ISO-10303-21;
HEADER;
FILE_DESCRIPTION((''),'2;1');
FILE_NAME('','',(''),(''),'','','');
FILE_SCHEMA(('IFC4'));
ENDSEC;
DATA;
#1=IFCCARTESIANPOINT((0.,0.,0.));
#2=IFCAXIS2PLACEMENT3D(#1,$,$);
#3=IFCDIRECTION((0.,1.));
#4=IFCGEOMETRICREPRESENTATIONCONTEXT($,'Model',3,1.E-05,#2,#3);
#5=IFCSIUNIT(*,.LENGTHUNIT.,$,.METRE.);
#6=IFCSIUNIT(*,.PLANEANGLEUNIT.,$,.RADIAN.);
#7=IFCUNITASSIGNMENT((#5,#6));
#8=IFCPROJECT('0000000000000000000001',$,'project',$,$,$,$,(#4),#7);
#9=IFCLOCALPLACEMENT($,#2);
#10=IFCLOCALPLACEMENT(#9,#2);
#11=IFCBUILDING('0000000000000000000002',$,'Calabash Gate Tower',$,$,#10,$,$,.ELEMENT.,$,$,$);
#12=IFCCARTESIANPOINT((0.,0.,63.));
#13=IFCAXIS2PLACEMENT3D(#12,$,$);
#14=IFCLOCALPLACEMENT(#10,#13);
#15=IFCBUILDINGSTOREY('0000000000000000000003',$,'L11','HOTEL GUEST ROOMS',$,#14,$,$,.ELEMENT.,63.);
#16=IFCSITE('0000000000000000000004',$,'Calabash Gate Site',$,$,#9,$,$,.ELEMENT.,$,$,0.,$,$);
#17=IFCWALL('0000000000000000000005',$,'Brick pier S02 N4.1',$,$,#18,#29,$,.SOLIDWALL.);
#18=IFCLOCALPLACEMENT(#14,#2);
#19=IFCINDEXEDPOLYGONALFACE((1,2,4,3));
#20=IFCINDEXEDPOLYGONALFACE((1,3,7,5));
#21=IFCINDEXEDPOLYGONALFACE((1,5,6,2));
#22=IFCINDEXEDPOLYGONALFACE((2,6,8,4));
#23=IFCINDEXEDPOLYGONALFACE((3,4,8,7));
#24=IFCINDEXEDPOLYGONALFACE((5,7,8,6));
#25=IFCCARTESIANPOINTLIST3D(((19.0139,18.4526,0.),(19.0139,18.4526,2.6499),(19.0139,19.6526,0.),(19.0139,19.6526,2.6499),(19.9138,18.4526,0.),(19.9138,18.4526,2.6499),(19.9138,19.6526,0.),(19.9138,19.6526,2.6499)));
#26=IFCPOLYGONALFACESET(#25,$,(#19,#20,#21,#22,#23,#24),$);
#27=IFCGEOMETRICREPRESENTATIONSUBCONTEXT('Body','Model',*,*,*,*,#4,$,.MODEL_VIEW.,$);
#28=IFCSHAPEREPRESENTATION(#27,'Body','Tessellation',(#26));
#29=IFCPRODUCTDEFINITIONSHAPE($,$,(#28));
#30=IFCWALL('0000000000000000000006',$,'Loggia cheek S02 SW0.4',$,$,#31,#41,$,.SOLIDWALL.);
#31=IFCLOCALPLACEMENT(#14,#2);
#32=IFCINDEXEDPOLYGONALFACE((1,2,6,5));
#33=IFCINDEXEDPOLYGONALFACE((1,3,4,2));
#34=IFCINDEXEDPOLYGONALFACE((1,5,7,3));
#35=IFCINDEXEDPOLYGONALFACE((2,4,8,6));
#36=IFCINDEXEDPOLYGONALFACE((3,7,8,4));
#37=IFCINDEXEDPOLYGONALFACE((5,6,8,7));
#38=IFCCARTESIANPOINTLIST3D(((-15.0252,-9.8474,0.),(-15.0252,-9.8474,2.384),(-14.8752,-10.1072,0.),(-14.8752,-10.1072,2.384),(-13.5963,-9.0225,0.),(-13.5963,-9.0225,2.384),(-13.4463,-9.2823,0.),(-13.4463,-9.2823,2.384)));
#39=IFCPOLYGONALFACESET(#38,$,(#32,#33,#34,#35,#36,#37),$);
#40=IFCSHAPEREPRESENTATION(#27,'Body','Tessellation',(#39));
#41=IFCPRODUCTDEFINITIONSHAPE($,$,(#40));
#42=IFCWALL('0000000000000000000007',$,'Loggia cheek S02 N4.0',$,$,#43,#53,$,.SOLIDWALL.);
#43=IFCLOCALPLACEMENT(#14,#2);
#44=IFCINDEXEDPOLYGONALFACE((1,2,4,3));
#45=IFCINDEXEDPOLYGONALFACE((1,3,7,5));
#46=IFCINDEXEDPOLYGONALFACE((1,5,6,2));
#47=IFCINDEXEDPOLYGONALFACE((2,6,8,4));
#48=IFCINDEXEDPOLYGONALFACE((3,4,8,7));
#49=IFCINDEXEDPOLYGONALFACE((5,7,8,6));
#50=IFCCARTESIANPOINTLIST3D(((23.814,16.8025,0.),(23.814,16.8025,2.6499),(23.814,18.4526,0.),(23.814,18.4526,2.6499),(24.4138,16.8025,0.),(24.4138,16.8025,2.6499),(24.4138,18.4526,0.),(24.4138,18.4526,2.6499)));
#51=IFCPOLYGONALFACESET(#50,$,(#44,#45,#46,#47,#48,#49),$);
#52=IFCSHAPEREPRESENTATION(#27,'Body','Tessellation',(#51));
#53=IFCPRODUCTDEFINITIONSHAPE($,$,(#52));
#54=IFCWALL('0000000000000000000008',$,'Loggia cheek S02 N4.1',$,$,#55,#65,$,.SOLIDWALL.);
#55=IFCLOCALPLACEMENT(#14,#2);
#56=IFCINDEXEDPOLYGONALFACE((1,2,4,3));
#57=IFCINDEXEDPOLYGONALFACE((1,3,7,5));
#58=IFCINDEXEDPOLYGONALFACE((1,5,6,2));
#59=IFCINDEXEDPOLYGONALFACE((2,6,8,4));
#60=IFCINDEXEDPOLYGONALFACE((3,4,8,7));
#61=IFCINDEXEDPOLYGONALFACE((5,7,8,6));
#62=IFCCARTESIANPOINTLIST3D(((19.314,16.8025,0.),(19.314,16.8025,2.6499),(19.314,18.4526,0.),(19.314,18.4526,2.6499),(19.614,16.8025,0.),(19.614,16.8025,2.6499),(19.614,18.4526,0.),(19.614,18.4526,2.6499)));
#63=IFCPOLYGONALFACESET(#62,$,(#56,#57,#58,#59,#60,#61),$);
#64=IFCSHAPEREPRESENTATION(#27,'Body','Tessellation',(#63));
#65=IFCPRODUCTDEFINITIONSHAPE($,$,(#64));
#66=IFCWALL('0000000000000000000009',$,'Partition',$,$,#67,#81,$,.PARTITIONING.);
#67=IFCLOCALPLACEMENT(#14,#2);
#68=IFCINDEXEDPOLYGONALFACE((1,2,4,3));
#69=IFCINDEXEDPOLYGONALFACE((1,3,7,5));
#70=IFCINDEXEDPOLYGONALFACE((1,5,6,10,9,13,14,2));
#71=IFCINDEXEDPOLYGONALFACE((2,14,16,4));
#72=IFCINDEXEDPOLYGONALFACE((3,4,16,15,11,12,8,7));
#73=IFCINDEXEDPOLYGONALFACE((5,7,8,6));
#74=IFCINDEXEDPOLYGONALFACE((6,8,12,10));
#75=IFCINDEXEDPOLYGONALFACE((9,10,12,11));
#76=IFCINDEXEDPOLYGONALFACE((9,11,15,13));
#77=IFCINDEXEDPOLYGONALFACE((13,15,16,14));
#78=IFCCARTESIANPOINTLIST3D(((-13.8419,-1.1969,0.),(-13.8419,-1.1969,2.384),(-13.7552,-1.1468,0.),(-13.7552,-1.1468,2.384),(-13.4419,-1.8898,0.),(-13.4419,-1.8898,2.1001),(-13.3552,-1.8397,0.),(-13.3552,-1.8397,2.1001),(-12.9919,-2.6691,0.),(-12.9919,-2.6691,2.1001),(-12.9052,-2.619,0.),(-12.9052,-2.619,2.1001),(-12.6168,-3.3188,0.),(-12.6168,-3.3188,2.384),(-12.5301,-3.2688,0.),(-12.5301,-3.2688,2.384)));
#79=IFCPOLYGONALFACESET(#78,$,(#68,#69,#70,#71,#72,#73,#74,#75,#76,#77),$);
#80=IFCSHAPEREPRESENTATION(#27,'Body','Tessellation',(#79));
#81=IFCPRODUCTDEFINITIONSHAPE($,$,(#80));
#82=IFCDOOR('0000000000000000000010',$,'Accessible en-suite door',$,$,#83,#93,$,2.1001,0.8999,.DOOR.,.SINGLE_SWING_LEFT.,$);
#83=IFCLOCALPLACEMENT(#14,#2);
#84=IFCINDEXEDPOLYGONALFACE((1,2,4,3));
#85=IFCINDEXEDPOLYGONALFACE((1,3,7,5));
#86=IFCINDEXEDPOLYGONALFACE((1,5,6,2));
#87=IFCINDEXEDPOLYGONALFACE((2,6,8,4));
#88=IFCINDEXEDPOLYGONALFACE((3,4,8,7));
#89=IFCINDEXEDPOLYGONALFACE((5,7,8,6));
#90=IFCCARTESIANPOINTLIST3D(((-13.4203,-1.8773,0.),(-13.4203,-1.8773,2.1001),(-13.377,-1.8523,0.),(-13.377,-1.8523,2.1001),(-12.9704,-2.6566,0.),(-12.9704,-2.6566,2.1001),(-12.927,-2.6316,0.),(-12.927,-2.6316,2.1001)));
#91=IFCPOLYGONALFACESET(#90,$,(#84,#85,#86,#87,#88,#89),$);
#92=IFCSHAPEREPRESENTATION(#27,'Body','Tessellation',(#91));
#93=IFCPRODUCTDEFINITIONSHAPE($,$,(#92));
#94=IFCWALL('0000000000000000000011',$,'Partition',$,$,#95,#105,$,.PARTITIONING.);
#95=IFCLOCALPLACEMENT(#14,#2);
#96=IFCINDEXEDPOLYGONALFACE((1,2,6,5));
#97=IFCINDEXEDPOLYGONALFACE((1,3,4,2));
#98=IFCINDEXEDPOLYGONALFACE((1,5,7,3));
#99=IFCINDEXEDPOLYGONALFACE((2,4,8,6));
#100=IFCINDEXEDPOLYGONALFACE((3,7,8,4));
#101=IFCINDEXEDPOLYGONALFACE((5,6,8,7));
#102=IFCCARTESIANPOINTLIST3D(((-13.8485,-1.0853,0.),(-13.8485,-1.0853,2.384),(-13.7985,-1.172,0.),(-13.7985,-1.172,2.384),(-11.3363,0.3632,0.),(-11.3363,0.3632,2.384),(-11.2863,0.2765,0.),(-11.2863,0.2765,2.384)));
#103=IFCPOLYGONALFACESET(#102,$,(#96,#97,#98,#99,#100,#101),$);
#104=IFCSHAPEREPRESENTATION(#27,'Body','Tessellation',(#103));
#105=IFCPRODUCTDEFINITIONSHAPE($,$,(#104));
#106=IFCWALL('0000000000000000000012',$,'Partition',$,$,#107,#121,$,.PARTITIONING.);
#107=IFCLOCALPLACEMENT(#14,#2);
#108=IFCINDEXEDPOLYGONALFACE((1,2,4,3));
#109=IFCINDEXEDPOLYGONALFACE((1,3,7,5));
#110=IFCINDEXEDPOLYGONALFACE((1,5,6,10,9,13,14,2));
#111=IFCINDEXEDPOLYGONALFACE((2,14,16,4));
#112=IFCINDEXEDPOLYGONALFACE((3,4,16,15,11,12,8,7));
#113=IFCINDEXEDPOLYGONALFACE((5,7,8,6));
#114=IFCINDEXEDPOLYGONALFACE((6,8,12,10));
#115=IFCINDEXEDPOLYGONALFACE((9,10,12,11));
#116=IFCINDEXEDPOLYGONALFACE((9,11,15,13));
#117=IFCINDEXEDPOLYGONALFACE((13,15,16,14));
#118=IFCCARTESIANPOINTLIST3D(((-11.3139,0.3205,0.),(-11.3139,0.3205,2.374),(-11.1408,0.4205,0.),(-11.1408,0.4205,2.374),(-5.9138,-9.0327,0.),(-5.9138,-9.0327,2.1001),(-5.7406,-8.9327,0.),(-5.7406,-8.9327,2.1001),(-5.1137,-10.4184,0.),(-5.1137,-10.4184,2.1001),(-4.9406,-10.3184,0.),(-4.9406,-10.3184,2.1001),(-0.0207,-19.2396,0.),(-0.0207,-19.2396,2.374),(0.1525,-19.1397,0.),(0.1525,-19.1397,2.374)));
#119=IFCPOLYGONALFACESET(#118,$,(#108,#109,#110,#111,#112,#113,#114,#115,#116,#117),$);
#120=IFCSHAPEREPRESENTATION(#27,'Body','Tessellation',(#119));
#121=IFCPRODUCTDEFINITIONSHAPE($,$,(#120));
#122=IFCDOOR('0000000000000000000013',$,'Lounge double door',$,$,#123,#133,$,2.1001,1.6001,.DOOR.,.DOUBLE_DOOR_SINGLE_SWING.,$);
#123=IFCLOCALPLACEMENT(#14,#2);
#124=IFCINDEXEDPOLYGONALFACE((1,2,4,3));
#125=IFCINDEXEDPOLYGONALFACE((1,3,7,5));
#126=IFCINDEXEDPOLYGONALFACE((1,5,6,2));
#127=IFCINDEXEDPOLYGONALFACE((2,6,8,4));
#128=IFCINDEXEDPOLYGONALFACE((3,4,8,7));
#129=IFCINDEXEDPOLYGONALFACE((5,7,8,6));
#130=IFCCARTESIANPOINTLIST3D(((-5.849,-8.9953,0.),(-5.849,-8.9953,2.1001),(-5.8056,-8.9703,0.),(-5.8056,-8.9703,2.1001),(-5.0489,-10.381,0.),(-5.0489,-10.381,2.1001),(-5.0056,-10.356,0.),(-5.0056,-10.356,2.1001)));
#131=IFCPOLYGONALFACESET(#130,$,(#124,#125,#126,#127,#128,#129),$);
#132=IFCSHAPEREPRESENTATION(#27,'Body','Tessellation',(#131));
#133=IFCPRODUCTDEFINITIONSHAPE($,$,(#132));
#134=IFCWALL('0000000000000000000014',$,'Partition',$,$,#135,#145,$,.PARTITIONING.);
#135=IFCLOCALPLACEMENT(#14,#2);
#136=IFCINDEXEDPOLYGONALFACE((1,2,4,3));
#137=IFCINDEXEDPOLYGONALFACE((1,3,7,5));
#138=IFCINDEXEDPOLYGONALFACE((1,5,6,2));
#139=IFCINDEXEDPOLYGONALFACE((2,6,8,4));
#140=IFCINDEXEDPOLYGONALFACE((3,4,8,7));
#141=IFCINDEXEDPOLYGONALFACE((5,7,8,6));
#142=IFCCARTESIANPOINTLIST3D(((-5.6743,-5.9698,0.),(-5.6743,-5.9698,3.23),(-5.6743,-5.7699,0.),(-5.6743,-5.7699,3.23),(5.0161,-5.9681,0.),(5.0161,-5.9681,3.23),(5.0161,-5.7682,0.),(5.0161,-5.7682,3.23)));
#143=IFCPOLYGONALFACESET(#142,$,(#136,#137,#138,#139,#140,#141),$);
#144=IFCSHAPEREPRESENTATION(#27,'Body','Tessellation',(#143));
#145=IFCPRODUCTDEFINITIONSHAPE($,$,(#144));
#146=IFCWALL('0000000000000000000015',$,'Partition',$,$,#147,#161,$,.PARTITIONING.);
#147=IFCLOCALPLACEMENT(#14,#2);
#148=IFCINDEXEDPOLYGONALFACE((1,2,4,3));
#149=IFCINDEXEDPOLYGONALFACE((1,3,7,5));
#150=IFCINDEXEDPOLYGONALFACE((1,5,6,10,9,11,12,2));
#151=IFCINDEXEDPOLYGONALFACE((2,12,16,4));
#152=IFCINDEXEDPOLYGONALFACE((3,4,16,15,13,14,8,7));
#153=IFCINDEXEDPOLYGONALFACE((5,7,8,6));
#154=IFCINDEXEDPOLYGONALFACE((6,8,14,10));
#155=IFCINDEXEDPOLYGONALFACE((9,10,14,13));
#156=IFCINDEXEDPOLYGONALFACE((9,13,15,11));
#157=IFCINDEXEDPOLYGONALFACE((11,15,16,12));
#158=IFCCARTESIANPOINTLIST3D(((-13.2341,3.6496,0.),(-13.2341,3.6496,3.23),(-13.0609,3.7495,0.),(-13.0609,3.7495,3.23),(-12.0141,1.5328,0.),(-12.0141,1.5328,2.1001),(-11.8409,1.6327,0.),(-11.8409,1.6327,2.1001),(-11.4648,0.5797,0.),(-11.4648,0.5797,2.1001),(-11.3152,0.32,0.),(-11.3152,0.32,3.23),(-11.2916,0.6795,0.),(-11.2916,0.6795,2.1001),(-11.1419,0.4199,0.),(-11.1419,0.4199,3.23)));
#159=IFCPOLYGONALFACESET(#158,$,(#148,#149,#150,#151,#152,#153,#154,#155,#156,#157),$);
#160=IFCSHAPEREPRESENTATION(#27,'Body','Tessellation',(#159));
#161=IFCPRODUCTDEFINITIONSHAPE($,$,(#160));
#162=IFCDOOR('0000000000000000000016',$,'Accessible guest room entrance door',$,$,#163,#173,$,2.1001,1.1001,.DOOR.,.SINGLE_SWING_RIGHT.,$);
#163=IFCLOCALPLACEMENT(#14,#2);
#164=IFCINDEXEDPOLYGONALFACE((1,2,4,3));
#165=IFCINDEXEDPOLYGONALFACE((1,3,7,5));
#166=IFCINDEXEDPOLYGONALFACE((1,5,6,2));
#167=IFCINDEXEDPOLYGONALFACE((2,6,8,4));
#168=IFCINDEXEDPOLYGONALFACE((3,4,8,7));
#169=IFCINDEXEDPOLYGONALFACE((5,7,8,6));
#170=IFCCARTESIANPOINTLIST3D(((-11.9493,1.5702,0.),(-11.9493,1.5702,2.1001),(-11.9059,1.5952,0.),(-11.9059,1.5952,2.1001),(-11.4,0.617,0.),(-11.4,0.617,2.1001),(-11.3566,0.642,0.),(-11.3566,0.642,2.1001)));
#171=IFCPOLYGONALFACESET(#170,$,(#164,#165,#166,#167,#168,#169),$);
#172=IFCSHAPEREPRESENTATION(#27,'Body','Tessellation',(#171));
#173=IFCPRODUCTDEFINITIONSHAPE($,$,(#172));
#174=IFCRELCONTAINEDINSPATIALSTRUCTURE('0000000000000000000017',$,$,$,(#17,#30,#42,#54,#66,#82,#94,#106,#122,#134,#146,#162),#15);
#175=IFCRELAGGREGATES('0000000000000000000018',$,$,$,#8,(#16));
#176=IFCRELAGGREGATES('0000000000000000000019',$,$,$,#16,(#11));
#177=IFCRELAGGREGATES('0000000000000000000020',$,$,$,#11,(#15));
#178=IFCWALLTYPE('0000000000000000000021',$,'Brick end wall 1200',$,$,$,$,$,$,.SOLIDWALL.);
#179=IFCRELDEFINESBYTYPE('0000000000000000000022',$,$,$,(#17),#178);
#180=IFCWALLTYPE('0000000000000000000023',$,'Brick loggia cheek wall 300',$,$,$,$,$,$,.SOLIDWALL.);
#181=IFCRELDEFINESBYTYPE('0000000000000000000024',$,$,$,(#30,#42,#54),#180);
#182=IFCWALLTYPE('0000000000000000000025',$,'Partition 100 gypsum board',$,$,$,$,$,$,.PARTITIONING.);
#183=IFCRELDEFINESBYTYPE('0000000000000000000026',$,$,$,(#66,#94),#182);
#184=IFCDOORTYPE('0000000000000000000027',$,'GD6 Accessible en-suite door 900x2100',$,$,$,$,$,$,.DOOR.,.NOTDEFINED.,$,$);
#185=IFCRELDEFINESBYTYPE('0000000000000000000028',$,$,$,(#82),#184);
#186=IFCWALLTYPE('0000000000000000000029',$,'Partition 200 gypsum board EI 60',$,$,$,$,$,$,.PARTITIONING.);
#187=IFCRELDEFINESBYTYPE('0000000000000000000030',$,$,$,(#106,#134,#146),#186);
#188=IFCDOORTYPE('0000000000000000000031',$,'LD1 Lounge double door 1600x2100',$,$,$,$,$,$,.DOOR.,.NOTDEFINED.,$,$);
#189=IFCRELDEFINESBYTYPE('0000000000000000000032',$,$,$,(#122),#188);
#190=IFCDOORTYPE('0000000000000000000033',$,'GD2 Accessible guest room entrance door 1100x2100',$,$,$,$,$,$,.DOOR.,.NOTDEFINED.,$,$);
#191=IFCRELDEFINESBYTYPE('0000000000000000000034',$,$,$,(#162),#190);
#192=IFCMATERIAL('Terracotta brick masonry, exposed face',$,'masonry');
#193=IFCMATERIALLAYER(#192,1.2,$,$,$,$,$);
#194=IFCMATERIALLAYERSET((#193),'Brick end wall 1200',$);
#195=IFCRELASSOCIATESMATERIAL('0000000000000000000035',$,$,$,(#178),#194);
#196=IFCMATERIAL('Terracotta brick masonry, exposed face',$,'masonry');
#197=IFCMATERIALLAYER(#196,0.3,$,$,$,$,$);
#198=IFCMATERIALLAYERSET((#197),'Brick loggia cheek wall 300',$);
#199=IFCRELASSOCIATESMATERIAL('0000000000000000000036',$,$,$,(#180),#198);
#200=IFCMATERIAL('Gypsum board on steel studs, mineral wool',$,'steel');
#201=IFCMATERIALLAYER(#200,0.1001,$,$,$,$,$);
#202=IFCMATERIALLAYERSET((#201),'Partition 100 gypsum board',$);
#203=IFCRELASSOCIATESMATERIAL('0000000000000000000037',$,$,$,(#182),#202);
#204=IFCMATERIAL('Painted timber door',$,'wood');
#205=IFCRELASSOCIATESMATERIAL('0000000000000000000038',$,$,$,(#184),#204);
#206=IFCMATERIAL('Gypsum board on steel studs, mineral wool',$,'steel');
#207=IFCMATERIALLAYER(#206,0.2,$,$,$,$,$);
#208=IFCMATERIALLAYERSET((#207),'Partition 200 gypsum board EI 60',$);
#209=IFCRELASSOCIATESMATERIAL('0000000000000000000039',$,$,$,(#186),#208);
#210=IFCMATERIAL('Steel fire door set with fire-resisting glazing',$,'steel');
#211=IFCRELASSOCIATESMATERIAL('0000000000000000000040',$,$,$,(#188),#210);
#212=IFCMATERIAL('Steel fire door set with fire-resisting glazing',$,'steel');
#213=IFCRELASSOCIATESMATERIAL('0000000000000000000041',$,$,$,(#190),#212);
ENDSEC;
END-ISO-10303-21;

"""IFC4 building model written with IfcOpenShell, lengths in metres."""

from ifc_helpers import new_model, si_unit, direction, frame, frame_2d, origin, place, context, subcontext, project, spatial, polyline, rectangle, outline, extrude, material, layer, layer_set, type_object, element, fill, save


model = new_model("IFC4")

# Units and contexts
model_context = context("Model", 3, precision=1e-05, world=origin(), true_north=direction((0.0, 1.0)))
body_context = subcontext(model_context, "Body", "Model", "MODEL_VIEW")
ifc_project = project(units=[si_unit("LENGTHUNIT", "METRE"), si_unit("PLANEANGLEUNIT", "RADIAN")], contexts=[model_context])

# Site, building, storey
site_placement = place(None, origin())
site = spatial("IfcSite", under=ifc_project, at=site_placement, Name="Calabash Gate Site", CompositionType="ELEMENT", RefElevation=0.0)
building_placement = place(site_placement, origin())
building = spatial("IfcBuilding", under=site, at=building_placement, Name="Calabash Gate Tower", CompositionType="ELEMENT")
storey_placement = place(building_placement, frame((0.0, 0.0, 63.0)))
storey = spatial("IfcBuildingStorey", under=building, at=storey_placement, Name="L11", Description="HOTEL GUEST ROOMS", CompositionType="ELEMENT", Elevation=63.0)

# Walls
ifc_material_1 = material(Name="Terracotta brick masonry, exposed face", Category="masonry")
ifc_layer_1 = layer(ifc_material_1, 1.2)
ifc_layer_set_1 = layer_set([ifc_layer_1], Name="Brick end wall 1200")
wall_type_1 = type_object("IfcWallType", Name="Brick end wall 1200", PredefinedType="SOLIDWALL", material=ifc_layer_set_1)
wall_1_placement = place(storey_placement, origin())
element("IfcWall", 1, at=wall_1_placement, inside=storey, type_object=wall_type_1, Name="Brick pier S02 N4.1", PredefinedType="SOLIDWALL", context=body_context, shape_type="SweptSolid", body=[
    extrude(outline(polyline([(19.9138, 19.6526), (19.0139, 19.6526), (19.0139, 18.4526), (19.9138, 18.4526), (19.9138, 19.6526)])), origin(), (0.0, 0.0, 1.0), 2.6499),
])
ifc_material_2 = material(Name="Terracotta brick masonry, exposed face", Category="masonry")
ifc_layer_2 = layer(ifc_material_2, 0.3)
ifc_layer_set_2 = layer_set([ifc_layer_2], Name="Brick loggia cheek wall 300")
wall_type_2 = type_object("IfcWallType", Name="Brick loggia cheek wall 300", PredefinedType="SOLIDWALL", material=ifc_layer_set_2)
wall_2_placement = place(storey_placement, frame((-14.9502, -9.9773, 0.0), z_axis=(0.0, 0.0, 1.0), x_axis=(0.86604, 0.499974, 0.0)))
element("IfcWall", 2, at=wall_2_placement, inside=storey, type_object=wall_type_2, Name="Loggia cheek S02 SW0.4", PredefinedType="SOLIDWALL", context=body_context, shape_type="SweptSolid", body=[
    extrude(rectangle(XDim=1.6499, YDim=0.3, at=frame_2d((0.825, 0.0))), origin(), (0.0, 0.0, 1.0), 2.384),
])
wall_3_placement = place(storey_placement, origin())
element("IfcWall", 3, at=wall_3_placement, inside=storey, type_object=wall_type_2, Name="Loggia cheek S02 N4.0", PredefinedType="SOLIDWALL", context=body_context, shape_type="SweptSolid", body=[
    extrude(outline(polyline([(24.4138, 16.8025), (24.4138, 18.4526), (23.814, 18.4526), (23.814, 16.8025), (24.4138, 16.8025)])), origin(), (0.0, 0.0, 1.0), 2.6499),
])
wall_4_placement = place(storey_placement, origin())
element("IfcWall", 4, at=wall_4_placement, inside=storey, type_object=wall_type_2, Name="Loggia cheek S02 N4.1", PredefinedType="SOLIDWALL", context=body_context, shape_type="SweptSolid", body=[
    extrude(outline(polyline([(19.314, 18.4526), (19.314, 16.8025), (19.614, 16.8025), (19.614, 18.4526), (19.314, 18.4526)])), origin(), (0.0, 0.0, 1.0), 2.6499),
])

# Wall, opening, door
ifc_material_3 = material(Name="Gypsum board on steel studs, mineral wool", Category="steel")
ifc_layer_3 = layer(ifc_material_3, 0.1001)
ifc_layer_set_3 = layer_set([ifc_layer_3], Name="Partition 100 gypsum board")
wall_type_3 = type_object("IfcWallType", Name="Partition 100 gypsum board", PredefinedType="PARTITIONING", material=ifc_layer_set_3)
wall_5_placement = place(storey_placement, frame((-13.7986, -1.1719, 0.0), z_axis=(0.0, 0.0, 1.0), x_axis=(0.500019, -0.866015, 0.0)))
wall_5 = element("IfcWall", 5, at=wall_5_placement, inside=storey, type_object=wall_type_3, Name="Partition", PredefinedType="PARTITIONING", context=body_context, shape_type="SweptSolid", body=[
    extrude(rectangle(XDim=2.4502, YDim=0.1001, at=frame_2d((1.2251, 0.0))), origin(), (0.0, 0.0, 1.0), 2.384),
])
opening_1_placement = place(wall_5_placement, frame((0.8, 0.0, 0.0)))
opening_1 = element("IfcOpeningElement", 6, at=opening_1_placement, cuts=wall_5, PredefinedType="OPENING", context=body_context, shape_type="SweptSolid", body=[
    extrude(rectangle(XDim=0.8999, YDim=2.1001, at=frame_2d((0.45, 1.05))), frame((0.0, 0.0601, 0.0), z_axis=(0.0, -1.0, 0.0), x_axis=(1.0, 0.0, 0.0)), (0.0, 0.0, 1.0), 0.1201),
])
ifc_material_4 = material(Name="Painted timber door", Category="wood")
door_type_1 = type_object("IfcDoorType", Name="GD6 Accessible en-suite door 900x2100", OperationType="NOTDEFINED", PredefinedType="DOOR", material=ifc_material_4)
door_1_placement = place(opening_1_placement, origin())
door_1 = element("IfcDoor", 7, at=door_1_placement, inside=storey, type_object=door_type_1, Name="Accessible en-suite door", OperationType="SINGLE_SWING_LEFT", OverallHeight=2.1001, OverallWidth=0.8999, PredefinedType="DOOR", context=body_context, shape_type="SweptSolid", body=[
    extrude(rectangle(XDim=0.8999, YDim=2.1001, at=frame_2d((0.45, 1.05))), frame((0.0, 0.0249, 0.0), z_axis=(0.0, -1.0, 0.0), x_axis=(1.0, 0.0, 0.0)), (0.0, 0.0, 1.0), 0.05),
])
fill(opening_1, door_1)

# Wall
wall_6_placement = place(storey_placement, frame((-13.8235, -1.1287, 0.0), z_axis=(0.0, 0.0, 1.0), x_axis=(0.866315, 0.499499, 0.0)))
element("IfcWall", 8, at=wall_6_placement, inside=storey, type_object=wall_type_3, Name="Partition", PredefinedType="PARTITIONING", context=body_context, shape_type="SweptSolid", body=[
    extrude(rectangle(XDim=2.8999, YDim=0.1001, at=frame_2d((1.45, 0.0))), origin(), (0.0, 0.0, 1.0), 2.384),
])

# Wall, opening, door
ifc_material_5 = material(Name="Gypsum board on steel studs, mineral wool", Category="steel")
ifc_layer_4 = layer(ifc_material_5, 0.2)
ifc_layer_set_4 = layer_set([ifc_layer_4], Name="Partition 200 gypsum board EI 60")
wall_type_4 = type_object("IfcWallType", Name="Partition 200 gypsum board EI 60", PredefinedType="PARTITIONING", material=ifc_layer_set_4)
wall_7_placement = place(storey_placement, frame((-11.2273, 0.3704, 0.0), z_axis=(0.0, 0.0, 1.0), x_axis=(0.500007, -0.866021, 0.0)))
wall_7 = element("IfcWall", 9, at=wall_7_placement, inside=storey, type_object=wall_type_4, Name="Partition", PredefinedType="PARTITIONING", context=body_context, shape_type="SweptSolid", body=[
    extrude(rectangle(XDim=22.5862, YDim=0.2, at=frame_2d((11.293, 0.0))), origin(), (0.0, 0.0, 1.0), 2.374),
])
opening_2_placement = place(wall_7_placement, frame((10.8, 0.0, 0.0)))
opening_2 = element("IfcOpeningElement", 10, at=opening_2_placement, cuts=wall_7, PredefinedType="OPENING", context=body_context, shape_type="SweptSolid", body=[
    extrude(rectangle(XDim=1.6001, YDim=2.1001, at=frame_2d((0.8, 1.05))), frame((0.0, 0.1099, 0.0), z_axis=(0.0, -1.0, 0.0), x_axis=(1.0, 0.0, 0.0)), (0.0, 0.0, 1.0), 0.22),
])
ifc_material_6 = material(Name="Steel fire door set with fire-resisting glazing", Category="steel")
door_type_2 = type_object("IfcDoorType", Name="LD1 Lounge double door 1600x2100", OperationType="NOTDEFINED", PredefinedType="DOOR", material=ifc_material_6)
door_2_placement = place(opening_2_placement, origin())
door_2 = element("IfcDoor", 11, at=door_2_placement, inside=storey, type_object=door_type_2, Name="Lounge double door", OperationType="DOUBLE_DOOR_SINGLE_SWING", OverallHeight=2.1001, OverallWidth=1.6001, PredefinedType="DOOR", context=body_context, shape_type="SweptSolid", body=[
    extrude(rectangle(XDim=1.6001, YDim=2.1001, at=frame_2d((0.8, 1.05))), frame((0.0, 0.0249, 0.0), z_axis=(0.0, -1.0, 0.0), x_axis=(1.0, 0.0, 0.0)), (0.0, 0.0, 1.0), 0.05),
])
fill(opening_2, door_2)

# Wall
wall_8_placement = place(storey_placement, frame((-5.6743, -5.8699, 0.0), z_axis=(0.0, 0.0, 1.0), x_axis=(1.0, 0.00016, 0.0)))
element("IfcWall", 12, at=wall_8_placement, inside=storey, type_object=wall_type_4, Name="Partition", PredefinedType="PARTITIONING", context=body_context, shape_type="SweptSolid", body=[
    extrude(rectangle(XDim=10.6904, YDim=0.2, at=frame_2d((5.3452, 0.0))), origin(), (0.0, 0.0, 1.0), 3.23),
])

# Wall, opening, door
wall_9_placement = place(storey_placement, frame((-13.1475, 3.6995, 0.0), z_axis=(0.0, 0.0, 1.0), x_axis=(0.499337, -0.866408, 0.0)))
wall_9 = element("IfcWall", 13, at=wall_9_placement, inside=storey, type_object=wall_type_4, Name="Partition", PredefinedType="PARTITIONING", context=body_context, shape_type="SweptSolid", body=[
    extrude(rectangle(XDim=3.843, YDim=0.2, at=frame_2d((1.9214, 0.0))), origin(), (0.0, 0.0, 1.0), 3.23),
])
opening_3_placement = place(wall_9_placement, frame((2.4431, 0.0, 0.0)))
opening_3 = element("IfcOpeningElement", 14, at=opening_3_placement, cuts=wall_9, PredefinedType="OPENING", context=body_context, shape_type="SweptSolid", body=[
    extrude(rectangle(XDim=1.1001, YDim=2.1001, at=frame_2d((0.55, 1.05))), frame((0.0, 0.1099, 0.0), z_axis=(0.0, -1.0, 0.0), x_axis=(1.0, 0.0, 0.0)), (0.0, 0.0, 1.0), 0.22),
])
ifc_material_7 = material(Name="Steel fire door set with fire-resisting glazing", Category="steel")
door_type_3 = type_object("IfcDoorType", Name="GD2 Accessible guest room entrance door 1100x2100", OperationType="NOTDEFINED", PredefinedType="DOOR", material=ifc_material_7)
door_3_placement = place(opening_3_placement, origin())
door_3 = element("IfcDoor", 15, at=door_3_placement, inside=storey, type_object=door_type_3, Name="Accessible guest room entrance door", OperationType="SINGLE_SWING_RIGHT", OverallHeight=2.1001, OverallWidth=1.1001, PredefinedType="DOOR", context=body_context, shape_type="SweptSolid", body=[
    extrude(rectangle(XDim=1.1001, YDim=2.1001, at=frame_2d((0.55, 1.05))), frame((0.0, 0.0249, 0.0), z_axis=(0.0, -1.0, 0.0), x_axis=(1.0, 0.0, 0.0)), (0.0, 0.0, 1.0), 0.05),
])
fill(opening_3, door_3)

save(model, "model.ifc")
